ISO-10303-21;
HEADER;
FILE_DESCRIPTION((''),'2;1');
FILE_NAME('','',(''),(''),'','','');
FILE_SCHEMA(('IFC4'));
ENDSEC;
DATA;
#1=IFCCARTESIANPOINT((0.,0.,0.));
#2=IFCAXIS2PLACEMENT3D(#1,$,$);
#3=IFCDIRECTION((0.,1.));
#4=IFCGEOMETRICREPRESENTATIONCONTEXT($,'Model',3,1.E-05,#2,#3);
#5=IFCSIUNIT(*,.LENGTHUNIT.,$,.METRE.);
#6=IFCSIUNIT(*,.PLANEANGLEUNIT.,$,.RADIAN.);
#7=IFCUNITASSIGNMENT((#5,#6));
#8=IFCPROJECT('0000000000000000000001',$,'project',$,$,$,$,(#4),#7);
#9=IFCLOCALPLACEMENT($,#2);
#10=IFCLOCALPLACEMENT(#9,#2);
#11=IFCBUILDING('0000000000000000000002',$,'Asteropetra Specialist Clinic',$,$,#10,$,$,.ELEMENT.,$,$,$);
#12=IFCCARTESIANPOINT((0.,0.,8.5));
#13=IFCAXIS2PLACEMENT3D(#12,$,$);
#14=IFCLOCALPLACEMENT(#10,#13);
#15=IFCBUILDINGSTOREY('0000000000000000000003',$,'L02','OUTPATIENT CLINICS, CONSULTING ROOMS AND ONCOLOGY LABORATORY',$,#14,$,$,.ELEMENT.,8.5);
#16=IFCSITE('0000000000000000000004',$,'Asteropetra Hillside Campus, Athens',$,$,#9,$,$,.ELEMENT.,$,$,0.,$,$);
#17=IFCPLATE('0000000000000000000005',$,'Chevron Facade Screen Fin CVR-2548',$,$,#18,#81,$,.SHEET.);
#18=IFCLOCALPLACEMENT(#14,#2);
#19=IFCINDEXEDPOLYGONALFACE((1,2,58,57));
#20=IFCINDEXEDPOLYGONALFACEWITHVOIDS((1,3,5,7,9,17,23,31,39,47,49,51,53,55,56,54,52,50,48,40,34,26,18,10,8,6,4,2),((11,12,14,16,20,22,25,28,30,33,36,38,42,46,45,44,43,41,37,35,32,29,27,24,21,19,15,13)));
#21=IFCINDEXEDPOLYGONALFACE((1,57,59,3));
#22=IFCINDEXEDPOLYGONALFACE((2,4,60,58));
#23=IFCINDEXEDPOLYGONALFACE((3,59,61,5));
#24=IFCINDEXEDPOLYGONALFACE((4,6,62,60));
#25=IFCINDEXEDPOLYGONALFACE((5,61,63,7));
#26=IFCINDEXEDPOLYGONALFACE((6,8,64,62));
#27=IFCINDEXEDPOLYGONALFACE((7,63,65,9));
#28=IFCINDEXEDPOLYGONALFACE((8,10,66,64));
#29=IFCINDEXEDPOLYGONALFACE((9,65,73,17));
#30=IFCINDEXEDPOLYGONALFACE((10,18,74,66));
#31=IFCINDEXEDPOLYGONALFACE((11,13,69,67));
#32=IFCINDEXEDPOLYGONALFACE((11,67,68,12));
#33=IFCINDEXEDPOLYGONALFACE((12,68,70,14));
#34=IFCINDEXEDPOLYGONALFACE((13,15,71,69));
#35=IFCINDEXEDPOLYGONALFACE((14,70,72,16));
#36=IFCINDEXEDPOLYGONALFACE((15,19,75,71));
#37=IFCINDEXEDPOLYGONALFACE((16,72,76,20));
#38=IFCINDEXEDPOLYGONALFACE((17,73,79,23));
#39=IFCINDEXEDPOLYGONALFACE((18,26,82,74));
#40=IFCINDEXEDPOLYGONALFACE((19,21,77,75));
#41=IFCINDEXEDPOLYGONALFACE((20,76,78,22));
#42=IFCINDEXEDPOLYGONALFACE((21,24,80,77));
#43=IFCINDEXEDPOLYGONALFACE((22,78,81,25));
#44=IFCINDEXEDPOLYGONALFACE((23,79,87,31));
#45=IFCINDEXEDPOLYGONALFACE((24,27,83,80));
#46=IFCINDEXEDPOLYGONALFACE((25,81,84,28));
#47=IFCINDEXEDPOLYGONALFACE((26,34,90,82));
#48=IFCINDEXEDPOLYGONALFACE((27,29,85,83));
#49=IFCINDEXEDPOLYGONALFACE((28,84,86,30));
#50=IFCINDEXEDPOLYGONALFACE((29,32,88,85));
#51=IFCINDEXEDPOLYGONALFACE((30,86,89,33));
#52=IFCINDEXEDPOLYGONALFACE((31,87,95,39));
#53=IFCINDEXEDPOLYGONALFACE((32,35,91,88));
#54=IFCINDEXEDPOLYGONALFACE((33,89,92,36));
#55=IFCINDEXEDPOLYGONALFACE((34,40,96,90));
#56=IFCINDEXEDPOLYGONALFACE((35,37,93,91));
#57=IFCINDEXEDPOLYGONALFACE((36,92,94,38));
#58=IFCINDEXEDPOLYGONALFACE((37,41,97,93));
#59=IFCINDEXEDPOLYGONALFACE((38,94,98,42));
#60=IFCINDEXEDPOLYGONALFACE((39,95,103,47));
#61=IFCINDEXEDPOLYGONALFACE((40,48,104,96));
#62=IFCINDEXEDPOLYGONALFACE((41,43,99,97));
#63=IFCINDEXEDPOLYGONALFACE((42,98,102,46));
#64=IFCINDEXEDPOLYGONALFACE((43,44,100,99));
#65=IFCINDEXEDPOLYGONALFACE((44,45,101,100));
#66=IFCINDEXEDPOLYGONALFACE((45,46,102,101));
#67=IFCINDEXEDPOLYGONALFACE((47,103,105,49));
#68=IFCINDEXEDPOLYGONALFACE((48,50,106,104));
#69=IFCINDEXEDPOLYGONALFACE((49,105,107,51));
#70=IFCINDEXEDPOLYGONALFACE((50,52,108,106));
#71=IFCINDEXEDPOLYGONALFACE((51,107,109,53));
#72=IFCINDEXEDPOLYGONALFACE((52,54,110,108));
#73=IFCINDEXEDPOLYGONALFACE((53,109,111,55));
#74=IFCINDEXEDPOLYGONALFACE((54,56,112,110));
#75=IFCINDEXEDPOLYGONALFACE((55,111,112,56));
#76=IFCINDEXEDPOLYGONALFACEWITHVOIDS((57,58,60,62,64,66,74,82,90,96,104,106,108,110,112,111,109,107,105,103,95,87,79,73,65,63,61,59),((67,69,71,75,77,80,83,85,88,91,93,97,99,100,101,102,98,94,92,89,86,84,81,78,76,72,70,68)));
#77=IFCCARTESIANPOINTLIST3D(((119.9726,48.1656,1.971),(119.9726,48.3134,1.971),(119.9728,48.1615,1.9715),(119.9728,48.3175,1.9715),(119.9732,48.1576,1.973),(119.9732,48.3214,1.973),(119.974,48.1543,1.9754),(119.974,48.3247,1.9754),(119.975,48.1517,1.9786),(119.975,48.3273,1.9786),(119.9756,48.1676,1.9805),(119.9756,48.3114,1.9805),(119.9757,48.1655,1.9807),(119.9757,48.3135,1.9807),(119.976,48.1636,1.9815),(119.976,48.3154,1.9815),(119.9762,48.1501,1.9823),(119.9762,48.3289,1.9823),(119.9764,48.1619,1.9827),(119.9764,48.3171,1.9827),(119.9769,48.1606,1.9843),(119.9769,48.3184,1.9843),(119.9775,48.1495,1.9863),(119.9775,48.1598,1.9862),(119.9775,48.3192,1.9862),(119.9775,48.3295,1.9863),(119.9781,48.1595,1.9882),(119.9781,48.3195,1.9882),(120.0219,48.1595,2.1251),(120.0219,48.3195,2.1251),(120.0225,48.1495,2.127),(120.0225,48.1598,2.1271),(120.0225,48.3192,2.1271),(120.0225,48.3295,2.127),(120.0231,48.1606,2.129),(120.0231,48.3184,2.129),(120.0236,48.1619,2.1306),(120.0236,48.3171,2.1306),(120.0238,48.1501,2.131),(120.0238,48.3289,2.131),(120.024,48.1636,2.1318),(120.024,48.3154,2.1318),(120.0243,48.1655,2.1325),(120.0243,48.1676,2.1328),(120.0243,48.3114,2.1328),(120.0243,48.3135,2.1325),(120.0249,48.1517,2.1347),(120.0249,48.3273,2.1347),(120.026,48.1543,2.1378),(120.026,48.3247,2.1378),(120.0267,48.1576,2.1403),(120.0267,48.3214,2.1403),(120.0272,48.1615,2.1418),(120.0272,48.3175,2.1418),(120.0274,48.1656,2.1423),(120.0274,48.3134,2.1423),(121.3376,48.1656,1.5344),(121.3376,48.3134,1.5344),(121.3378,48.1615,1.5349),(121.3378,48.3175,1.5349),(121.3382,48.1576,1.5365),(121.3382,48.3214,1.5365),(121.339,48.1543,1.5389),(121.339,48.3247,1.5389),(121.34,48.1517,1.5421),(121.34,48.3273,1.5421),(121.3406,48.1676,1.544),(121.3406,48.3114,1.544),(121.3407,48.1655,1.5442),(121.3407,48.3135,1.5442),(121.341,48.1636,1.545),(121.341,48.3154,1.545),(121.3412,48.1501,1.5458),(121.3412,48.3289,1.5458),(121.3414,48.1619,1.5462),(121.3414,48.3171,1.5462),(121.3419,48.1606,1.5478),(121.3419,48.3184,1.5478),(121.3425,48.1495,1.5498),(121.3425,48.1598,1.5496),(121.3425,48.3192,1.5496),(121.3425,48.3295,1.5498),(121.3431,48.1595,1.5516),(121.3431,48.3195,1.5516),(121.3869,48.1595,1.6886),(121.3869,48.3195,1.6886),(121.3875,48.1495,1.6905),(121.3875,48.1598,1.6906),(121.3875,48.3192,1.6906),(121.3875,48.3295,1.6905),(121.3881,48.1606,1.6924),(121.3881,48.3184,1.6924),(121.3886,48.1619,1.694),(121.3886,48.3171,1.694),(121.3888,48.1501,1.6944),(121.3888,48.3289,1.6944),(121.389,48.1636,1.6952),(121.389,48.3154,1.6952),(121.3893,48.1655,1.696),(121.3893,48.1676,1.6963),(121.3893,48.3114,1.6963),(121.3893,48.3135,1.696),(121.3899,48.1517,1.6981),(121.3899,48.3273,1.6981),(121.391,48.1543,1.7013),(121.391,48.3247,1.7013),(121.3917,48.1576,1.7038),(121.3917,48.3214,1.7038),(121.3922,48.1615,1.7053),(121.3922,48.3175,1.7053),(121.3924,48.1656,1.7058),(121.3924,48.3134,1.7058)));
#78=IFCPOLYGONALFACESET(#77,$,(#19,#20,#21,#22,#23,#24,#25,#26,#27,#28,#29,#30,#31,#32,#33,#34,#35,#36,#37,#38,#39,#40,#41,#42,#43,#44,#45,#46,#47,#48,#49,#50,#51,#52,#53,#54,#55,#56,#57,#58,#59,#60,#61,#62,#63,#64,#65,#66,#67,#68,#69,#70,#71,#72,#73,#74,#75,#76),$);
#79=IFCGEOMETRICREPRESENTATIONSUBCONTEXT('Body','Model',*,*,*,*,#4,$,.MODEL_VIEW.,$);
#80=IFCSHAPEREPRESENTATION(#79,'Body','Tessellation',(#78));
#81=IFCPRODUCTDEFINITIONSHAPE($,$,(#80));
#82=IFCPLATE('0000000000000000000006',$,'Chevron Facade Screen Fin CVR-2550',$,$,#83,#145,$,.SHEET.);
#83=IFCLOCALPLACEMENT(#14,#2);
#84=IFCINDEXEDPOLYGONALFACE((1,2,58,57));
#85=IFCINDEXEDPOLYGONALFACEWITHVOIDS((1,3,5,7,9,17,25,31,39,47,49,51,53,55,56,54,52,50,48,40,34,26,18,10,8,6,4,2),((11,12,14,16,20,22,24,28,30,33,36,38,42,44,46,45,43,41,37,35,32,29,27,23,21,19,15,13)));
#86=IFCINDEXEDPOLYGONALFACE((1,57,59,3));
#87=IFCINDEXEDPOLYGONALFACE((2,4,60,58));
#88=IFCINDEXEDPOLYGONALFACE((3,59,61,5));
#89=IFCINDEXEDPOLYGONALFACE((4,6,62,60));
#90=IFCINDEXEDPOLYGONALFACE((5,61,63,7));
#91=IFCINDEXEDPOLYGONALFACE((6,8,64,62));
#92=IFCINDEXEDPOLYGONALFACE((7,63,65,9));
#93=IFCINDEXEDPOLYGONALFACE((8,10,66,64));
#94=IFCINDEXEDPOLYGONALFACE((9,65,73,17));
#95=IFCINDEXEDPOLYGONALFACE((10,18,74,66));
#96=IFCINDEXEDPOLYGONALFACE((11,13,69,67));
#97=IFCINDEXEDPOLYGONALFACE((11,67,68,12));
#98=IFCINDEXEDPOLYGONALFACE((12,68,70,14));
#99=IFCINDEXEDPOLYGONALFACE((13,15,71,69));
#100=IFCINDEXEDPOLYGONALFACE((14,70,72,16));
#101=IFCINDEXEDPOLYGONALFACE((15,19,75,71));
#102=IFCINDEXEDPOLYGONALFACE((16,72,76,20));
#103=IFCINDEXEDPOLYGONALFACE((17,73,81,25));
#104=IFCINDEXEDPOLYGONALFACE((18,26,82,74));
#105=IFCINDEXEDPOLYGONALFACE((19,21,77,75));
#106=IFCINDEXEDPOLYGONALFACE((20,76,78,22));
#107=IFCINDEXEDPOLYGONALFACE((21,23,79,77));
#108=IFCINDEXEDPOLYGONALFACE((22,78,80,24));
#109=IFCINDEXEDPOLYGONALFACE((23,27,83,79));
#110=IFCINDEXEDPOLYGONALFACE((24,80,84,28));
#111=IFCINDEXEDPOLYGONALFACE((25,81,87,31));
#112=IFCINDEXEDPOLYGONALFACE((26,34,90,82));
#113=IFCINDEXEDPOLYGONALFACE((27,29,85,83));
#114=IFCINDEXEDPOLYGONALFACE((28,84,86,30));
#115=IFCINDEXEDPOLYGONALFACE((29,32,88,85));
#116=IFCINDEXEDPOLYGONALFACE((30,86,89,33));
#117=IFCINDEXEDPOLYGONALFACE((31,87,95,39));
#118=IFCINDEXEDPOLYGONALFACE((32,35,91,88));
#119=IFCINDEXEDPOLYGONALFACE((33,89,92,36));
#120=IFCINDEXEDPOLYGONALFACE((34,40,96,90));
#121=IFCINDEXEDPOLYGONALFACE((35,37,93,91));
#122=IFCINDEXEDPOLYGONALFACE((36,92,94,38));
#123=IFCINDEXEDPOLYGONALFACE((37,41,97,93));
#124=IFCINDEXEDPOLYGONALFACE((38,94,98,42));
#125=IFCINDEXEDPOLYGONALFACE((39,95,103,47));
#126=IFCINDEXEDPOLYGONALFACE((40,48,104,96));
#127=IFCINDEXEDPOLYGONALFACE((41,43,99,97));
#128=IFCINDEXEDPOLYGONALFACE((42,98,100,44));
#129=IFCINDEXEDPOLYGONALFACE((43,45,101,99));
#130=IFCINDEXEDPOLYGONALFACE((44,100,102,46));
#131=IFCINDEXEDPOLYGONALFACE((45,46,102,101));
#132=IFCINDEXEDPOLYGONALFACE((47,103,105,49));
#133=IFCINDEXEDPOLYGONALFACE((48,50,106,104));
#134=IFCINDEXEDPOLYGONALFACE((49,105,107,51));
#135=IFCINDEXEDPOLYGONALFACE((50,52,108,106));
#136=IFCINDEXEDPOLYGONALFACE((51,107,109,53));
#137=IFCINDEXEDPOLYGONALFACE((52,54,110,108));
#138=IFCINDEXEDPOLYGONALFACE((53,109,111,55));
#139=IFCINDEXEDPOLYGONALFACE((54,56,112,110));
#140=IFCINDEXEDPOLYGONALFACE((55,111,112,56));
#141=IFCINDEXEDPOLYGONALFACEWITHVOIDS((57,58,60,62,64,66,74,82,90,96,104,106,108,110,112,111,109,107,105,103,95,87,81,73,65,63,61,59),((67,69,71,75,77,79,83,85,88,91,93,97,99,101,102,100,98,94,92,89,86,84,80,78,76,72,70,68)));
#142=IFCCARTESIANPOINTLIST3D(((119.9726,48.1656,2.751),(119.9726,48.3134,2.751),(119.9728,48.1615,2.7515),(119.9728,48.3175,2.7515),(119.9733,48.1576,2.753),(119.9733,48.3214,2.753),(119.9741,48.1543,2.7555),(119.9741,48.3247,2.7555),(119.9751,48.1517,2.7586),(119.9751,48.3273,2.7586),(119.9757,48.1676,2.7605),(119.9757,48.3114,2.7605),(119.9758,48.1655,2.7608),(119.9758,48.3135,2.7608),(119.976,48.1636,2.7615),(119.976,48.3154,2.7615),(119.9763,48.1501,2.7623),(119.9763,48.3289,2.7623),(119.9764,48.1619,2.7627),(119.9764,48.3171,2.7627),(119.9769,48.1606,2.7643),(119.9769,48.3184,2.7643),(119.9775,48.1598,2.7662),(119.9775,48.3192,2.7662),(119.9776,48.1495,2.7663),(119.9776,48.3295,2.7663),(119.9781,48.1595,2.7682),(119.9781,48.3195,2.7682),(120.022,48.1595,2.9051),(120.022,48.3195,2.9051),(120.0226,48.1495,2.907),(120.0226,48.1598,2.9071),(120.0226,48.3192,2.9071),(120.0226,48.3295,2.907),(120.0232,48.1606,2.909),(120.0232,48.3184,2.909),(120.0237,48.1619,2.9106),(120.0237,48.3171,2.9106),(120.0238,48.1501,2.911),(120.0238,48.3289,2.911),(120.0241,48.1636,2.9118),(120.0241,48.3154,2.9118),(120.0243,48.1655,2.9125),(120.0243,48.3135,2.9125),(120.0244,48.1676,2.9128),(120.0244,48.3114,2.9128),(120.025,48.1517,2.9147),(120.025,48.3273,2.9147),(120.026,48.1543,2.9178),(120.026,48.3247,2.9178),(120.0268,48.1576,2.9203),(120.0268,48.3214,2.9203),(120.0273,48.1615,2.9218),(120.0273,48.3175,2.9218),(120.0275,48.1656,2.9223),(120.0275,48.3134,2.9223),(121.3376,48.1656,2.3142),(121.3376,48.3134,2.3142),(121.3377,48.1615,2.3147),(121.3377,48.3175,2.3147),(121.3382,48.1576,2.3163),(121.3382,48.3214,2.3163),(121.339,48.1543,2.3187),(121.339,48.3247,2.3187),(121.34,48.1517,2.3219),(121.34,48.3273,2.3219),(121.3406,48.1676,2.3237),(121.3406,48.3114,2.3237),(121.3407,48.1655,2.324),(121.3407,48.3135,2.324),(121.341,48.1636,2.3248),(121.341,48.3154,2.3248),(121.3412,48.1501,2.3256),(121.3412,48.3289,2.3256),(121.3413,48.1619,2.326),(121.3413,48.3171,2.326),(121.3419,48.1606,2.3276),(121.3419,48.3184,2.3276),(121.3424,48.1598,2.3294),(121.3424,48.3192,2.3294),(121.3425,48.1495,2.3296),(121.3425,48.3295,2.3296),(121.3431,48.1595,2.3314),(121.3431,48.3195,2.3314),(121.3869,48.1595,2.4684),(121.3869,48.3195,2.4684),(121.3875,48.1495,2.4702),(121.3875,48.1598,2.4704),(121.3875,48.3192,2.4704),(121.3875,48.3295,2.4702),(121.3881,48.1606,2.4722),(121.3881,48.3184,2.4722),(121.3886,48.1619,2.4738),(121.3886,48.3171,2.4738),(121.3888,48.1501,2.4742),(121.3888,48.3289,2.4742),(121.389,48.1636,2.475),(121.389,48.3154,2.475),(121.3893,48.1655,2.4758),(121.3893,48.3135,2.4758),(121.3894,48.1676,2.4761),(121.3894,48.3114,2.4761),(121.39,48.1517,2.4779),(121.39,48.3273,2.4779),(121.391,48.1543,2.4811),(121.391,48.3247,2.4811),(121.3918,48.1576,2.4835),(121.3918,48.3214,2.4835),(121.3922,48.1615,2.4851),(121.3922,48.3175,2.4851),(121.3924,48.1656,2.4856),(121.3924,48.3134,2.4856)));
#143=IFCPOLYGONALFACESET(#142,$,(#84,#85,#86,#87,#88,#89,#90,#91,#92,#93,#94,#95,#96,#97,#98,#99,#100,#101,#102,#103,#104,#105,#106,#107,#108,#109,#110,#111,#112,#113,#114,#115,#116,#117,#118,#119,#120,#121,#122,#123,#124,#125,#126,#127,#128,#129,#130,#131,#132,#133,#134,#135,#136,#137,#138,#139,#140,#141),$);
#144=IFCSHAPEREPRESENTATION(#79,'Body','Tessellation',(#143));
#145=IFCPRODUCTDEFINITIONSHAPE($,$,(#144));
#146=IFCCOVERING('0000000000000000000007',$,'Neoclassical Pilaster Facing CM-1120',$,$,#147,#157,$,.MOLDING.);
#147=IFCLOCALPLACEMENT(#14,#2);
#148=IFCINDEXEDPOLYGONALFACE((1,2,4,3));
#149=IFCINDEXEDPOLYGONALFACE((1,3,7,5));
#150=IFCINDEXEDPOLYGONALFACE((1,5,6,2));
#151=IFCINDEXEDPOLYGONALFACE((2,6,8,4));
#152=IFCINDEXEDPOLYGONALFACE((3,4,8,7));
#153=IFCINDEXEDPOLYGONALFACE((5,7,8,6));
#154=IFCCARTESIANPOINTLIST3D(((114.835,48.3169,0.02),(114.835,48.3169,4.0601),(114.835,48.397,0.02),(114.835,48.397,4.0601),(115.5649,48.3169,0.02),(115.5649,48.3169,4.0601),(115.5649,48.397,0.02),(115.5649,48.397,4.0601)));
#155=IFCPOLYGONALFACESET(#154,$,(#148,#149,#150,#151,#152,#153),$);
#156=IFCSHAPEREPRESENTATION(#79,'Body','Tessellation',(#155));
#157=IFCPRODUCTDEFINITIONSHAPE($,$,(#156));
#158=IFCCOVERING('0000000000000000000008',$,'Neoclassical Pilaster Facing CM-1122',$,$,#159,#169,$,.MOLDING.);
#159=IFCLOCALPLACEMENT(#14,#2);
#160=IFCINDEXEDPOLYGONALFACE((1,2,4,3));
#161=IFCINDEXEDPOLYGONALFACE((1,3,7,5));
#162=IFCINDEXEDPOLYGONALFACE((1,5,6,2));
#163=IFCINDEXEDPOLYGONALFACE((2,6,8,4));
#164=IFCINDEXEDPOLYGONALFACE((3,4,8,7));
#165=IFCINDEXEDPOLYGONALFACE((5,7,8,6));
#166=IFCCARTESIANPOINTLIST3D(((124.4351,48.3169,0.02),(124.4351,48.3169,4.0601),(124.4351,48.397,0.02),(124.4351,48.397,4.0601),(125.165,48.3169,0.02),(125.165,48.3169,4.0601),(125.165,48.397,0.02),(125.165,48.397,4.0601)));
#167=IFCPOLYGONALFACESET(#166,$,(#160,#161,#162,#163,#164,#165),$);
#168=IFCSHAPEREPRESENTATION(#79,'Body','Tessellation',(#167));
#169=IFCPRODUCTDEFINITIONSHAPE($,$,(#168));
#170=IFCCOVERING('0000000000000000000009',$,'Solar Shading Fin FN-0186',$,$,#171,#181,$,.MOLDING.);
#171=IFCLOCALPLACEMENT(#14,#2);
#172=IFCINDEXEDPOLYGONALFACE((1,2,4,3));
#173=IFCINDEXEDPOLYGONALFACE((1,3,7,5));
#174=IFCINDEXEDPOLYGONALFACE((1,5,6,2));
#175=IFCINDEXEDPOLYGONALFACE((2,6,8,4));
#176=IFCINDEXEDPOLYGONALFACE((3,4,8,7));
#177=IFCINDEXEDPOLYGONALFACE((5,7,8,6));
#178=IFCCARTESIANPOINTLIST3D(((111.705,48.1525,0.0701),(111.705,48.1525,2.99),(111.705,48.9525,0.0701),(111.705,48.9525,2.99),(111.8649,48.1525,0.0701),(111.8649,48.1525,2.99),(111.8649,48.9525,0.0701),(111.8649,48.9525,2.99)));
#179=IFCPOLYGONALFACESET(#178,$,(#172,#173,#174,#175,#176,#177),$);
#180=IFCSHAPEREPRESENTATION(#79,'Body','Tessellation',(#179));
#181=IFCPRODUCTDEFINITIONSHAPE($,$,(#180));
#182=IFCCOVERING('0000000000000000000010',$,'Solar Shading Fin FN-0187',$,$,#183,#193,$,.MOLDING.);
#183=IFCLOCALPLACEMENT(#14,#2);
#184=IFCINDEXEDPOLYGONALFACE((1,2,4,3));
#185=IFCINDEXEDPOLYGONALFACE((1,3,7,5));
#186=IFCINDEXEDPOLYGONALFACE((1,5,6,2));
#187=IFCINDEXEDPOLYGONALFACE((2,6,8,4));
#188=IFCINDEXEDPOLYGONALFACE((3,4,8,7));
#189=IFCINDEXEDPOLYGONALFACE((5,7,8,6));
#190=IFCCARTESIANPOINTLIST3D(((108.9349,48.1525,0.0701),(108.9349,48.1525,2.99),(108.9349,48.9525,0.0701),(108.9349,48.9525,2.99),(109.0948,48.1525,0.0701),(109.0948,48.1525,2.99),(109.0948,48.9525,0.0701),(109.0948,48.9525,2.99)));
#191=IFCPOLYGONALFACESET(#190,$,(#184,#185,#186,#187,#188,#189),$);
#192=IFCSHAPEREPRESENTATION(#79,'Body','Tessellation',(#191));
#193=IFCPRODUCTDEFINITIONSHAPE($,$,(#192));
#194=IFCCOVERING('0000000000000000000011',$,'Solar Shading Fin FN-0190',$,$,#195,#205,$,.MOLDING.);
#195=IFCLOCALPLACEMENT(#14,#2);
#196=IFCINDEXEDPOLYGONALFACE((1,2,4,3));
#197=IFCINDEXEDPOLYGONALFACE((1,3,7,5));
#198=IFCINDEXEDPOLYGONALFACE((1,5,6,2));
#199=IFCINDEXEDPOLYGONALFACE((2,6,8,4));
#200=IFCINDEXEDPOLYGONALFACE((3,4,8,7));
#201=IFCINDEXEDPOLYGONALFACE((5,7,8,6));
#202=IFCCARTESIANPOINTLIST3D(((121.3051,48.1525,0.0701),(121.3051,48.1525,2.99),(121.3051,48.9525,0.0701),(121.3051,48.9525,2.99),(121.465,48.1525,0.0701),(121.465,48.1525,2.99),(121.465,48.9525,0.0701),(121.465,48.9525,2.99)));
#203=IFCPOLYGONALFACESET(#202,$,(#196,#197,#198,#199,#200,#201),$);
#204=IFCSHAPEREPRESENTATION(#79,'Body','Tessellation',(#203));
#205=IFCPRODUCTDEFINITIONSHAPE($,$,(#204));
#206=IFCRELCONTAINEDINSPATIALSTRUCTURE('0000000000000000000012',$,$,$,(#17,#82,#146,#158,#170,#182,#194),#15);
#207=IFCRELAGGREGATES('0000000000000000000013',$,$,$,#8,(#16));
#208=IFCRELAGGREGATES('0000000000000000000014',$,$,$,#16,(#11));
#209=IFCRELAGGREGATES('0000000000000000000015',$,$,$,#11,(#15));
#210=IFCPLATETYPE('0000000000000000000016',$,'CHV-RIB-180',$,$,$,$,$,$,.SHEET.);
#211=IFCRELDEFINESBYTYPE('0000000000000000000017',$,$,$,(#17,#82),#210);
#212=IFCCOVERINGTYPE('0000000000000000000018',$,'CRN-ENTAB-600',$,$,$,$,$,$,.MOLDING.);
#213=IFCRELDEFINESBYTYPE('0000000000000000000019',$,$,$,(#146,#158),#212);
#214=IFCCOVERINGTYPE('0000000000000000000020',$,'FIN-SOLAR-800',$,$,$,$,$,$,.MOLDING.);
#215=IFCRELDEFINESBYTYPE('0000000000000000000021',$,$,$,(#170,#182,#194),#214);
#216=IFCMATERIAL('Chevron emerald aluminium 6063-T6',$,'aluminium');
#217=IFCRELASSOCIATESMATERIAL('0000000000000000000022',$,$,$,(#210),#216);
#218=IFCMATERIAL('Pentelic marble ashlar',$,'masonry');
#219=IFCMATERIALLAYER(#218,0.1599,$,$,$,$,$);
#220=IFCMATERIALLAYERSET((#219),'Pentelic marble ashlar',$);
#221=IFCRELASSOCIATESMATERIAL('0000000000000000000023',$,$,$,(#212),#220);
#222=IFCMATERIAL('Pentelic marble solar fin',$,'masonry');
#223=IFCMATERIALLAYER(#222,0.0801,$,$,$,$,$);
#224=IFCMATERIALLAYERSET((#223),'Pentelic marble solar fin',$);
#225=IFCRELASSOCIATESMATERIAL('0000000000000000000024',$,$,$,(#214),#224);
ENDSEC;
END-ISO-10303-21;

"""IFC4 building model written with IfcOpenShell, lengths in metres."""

from ifc_helpers import new_model, si_unit, direction, frame, origin, origin_2d, place, context, subcontext, project, spatial, rectangle, hollow_rectangle, extrude, material, layer, layer_set, material_profile, profile_set, type_object, element, save


model = new_model("IFC4")

# Units and contexts
model_context = context("Model", 3, precision=1e-05, world=origin(), true_north=direction((0.0, 1.0)))
body_context = subcontext(model_context, "Body", "Model", "MODEL_VIEW")
ifc_project = project(units=[si_unit("LENGTHUNIT", "METRE"), si_unit("PLANEANGLEUNIT", "RADIAN")], contexts=[model_context])

# Site, building, storey
site_placement = place(None, origin())
site = spatial("IfcSite", under=ifc_project, at=site_placement, Name="Asteropetra Hillside Campus, Athens", CompositionType="ELEMENT", RefElevation=0.0)
building_placement = place(site_placement, origin())
building = spatial("IfcBuilding", under=site, at=building_placement, Name="Asteropetra Specialist Clinic", CompositionType="ELEMENT")
storey_placement = place(building_placement, frame((0.0, 0.0, 8.5)))
storey = spatial("IfcBuildingStorey", under=building, at=storey_placement, Name="L02", Description="OUTPATIENT CLINICS, CONSULTING ROOMS AND ONCOLOGY LABORATORY", CompositionType="ELEMENT", Elevation=8.5)

# Plates
ifc_material_1 = material(Name="Chevron emerald aluminium 6063-T6", Category="aluminium")
ifc_material_profile_1 = material_profile(ifc_material_1, hollow_rectangle(XDim=0.1799, YDim=0.1799, WallThickness=0.01, InnerFilletRadius=0.0081, OuterFilletRadius=0.0161, at=origin_2d()), Name="SHS 180x180x10.0")
ifc_profile_set_1 = profile_set([ifc_material_profile_1], Name="Chevron emerald aluminium 6063-T6")
plate_type = type_object("IfcPlateType", Name="CHV-RIB-180", PredefinedType="SHEET", material=ifc_profile_set_1)
for number, where, z_axis, x_axis, name in (
    (1, (121.365, 48.2395, 1.6201), (-0.95248, 0.0, 0.304603), (0.0, -1.0, 0.0), "Chevron Facade Screen Fin CVR-2548"),
    (2, (121.365, 48.2395, 2.3999), (-0.95243, 0.0, 0.304757), (0.0, -1.0, 0.0), "Chevron Facade Screen Fin CVR-2550"),
):
    element("IfcPlate", number, at=place(storey_placement, frame(where, z_axis=z_axis, x_axis=x_axis)), inside=storey, type_object=plate_type, Name=name, PredefinedType="SHEET", context=body_context, shape_type="SweptSolid", body=[
        extrude(hollow_rectangle(XDim=0.1799, YDim=0.1799, WallThickness=0.01, InnerFilletRadius=0.0081, OuterFilletRadius=0.0161, at=origin_2d()), origin(), (0.0, 0.0, 1.0), 1.4331),
    ])

# Coverings
ifc_material_2 = material(Name="Pentelic marble ashlar", Category="masonry")
ifc_layer_1 = layer(ifc_material_2, 0.1599)
ifc_layer_set_1 = layer_set([ifc_layer_1], Name="Pentelic marble ashlar")
covering_type_1 = type_object("IfcCoveringType", Name="CRN-ENTAB-600", PredefinedType="MOLDING", material=ifc_layer_set_1)
for number, where, z_axis, x_axis, name in (
    (3, (115.2, 48.3569, 0.02), (0.0, 0.0, 1.0), (1.0, 0.0, 0.0), "Neoclassical Pilaster Facing CM-1120"),
    (4, (124.8, 48.3569, 0.02), (0.0, 0.0, 1.0), (1.0, 0.0, 0.0), "Neoclassical Pilaster Facing CM-1122"),
):
    element("IfcCovering", number, at=place(storey_placement, frame(where, z_axis=z_axis, x_axis=x_axis)), inside=storey, type_object=covering_type_1, Name=name, PredefinedType="MOLDING", context=body_context, shape_type="SweptSolid", body=[
        extrude(rectangle(XDim=0.73, YDim=0.0801, at=origin_2d()), origin(), (0.0, 0.0, 1.0), 4.04),
    ])
ifc_material_3 = material(Name="Pentelic marble solar fin", Category="masonry")
ifc_layer_2 = layer(ifc_material_3, 0.0801)
ifc_layer_set_2 = layer_set([ifc_layer_2], Name="Pentelic marble solar fin")
covering_type_2 = type_object("IfcCoveringType", Name="FIN-SOLAR-800", PredefinedType="MOLDING", material=ifc_layer_set_2)
for number, where, z_axis, x_axis, name in (
    (5, (111.7849, 48.5525, 0.0701), (0.0, 0.0, 1.0), (1.0, 0.0, 0.0), "Solar Shading Fin FN-0186"),
    (6, (109.0149, 48.5525, 0.0701), (0.0, 0.0, 1.0), (1.0, 0.0, 0.0), "Solar Shading Fin FN-0187"),
    (7, (121.385, 48.5525, 0.0701), (0.0, 0.0, 1.0), (1.0, 0.0, 0.0), "Solar Shading Fin FN-0190"),
):
    element("IfcCovering", number, at=place(storey_placement, frame(where, z_axis=z_axis, x_axis=x_axis)), inside=storey, type_object=covering_type_2, Name=name, PredefinedType="MOLDING", context=body_context, shape_type="SweptSolid", body=[
        extrude(rectangle(XDim=0.1599, YDim=0.8, at=origin_2d()), origin(), (0.0, 0.0, 1.0), 2.9199),
    ])

save(model, "model.ifc")
